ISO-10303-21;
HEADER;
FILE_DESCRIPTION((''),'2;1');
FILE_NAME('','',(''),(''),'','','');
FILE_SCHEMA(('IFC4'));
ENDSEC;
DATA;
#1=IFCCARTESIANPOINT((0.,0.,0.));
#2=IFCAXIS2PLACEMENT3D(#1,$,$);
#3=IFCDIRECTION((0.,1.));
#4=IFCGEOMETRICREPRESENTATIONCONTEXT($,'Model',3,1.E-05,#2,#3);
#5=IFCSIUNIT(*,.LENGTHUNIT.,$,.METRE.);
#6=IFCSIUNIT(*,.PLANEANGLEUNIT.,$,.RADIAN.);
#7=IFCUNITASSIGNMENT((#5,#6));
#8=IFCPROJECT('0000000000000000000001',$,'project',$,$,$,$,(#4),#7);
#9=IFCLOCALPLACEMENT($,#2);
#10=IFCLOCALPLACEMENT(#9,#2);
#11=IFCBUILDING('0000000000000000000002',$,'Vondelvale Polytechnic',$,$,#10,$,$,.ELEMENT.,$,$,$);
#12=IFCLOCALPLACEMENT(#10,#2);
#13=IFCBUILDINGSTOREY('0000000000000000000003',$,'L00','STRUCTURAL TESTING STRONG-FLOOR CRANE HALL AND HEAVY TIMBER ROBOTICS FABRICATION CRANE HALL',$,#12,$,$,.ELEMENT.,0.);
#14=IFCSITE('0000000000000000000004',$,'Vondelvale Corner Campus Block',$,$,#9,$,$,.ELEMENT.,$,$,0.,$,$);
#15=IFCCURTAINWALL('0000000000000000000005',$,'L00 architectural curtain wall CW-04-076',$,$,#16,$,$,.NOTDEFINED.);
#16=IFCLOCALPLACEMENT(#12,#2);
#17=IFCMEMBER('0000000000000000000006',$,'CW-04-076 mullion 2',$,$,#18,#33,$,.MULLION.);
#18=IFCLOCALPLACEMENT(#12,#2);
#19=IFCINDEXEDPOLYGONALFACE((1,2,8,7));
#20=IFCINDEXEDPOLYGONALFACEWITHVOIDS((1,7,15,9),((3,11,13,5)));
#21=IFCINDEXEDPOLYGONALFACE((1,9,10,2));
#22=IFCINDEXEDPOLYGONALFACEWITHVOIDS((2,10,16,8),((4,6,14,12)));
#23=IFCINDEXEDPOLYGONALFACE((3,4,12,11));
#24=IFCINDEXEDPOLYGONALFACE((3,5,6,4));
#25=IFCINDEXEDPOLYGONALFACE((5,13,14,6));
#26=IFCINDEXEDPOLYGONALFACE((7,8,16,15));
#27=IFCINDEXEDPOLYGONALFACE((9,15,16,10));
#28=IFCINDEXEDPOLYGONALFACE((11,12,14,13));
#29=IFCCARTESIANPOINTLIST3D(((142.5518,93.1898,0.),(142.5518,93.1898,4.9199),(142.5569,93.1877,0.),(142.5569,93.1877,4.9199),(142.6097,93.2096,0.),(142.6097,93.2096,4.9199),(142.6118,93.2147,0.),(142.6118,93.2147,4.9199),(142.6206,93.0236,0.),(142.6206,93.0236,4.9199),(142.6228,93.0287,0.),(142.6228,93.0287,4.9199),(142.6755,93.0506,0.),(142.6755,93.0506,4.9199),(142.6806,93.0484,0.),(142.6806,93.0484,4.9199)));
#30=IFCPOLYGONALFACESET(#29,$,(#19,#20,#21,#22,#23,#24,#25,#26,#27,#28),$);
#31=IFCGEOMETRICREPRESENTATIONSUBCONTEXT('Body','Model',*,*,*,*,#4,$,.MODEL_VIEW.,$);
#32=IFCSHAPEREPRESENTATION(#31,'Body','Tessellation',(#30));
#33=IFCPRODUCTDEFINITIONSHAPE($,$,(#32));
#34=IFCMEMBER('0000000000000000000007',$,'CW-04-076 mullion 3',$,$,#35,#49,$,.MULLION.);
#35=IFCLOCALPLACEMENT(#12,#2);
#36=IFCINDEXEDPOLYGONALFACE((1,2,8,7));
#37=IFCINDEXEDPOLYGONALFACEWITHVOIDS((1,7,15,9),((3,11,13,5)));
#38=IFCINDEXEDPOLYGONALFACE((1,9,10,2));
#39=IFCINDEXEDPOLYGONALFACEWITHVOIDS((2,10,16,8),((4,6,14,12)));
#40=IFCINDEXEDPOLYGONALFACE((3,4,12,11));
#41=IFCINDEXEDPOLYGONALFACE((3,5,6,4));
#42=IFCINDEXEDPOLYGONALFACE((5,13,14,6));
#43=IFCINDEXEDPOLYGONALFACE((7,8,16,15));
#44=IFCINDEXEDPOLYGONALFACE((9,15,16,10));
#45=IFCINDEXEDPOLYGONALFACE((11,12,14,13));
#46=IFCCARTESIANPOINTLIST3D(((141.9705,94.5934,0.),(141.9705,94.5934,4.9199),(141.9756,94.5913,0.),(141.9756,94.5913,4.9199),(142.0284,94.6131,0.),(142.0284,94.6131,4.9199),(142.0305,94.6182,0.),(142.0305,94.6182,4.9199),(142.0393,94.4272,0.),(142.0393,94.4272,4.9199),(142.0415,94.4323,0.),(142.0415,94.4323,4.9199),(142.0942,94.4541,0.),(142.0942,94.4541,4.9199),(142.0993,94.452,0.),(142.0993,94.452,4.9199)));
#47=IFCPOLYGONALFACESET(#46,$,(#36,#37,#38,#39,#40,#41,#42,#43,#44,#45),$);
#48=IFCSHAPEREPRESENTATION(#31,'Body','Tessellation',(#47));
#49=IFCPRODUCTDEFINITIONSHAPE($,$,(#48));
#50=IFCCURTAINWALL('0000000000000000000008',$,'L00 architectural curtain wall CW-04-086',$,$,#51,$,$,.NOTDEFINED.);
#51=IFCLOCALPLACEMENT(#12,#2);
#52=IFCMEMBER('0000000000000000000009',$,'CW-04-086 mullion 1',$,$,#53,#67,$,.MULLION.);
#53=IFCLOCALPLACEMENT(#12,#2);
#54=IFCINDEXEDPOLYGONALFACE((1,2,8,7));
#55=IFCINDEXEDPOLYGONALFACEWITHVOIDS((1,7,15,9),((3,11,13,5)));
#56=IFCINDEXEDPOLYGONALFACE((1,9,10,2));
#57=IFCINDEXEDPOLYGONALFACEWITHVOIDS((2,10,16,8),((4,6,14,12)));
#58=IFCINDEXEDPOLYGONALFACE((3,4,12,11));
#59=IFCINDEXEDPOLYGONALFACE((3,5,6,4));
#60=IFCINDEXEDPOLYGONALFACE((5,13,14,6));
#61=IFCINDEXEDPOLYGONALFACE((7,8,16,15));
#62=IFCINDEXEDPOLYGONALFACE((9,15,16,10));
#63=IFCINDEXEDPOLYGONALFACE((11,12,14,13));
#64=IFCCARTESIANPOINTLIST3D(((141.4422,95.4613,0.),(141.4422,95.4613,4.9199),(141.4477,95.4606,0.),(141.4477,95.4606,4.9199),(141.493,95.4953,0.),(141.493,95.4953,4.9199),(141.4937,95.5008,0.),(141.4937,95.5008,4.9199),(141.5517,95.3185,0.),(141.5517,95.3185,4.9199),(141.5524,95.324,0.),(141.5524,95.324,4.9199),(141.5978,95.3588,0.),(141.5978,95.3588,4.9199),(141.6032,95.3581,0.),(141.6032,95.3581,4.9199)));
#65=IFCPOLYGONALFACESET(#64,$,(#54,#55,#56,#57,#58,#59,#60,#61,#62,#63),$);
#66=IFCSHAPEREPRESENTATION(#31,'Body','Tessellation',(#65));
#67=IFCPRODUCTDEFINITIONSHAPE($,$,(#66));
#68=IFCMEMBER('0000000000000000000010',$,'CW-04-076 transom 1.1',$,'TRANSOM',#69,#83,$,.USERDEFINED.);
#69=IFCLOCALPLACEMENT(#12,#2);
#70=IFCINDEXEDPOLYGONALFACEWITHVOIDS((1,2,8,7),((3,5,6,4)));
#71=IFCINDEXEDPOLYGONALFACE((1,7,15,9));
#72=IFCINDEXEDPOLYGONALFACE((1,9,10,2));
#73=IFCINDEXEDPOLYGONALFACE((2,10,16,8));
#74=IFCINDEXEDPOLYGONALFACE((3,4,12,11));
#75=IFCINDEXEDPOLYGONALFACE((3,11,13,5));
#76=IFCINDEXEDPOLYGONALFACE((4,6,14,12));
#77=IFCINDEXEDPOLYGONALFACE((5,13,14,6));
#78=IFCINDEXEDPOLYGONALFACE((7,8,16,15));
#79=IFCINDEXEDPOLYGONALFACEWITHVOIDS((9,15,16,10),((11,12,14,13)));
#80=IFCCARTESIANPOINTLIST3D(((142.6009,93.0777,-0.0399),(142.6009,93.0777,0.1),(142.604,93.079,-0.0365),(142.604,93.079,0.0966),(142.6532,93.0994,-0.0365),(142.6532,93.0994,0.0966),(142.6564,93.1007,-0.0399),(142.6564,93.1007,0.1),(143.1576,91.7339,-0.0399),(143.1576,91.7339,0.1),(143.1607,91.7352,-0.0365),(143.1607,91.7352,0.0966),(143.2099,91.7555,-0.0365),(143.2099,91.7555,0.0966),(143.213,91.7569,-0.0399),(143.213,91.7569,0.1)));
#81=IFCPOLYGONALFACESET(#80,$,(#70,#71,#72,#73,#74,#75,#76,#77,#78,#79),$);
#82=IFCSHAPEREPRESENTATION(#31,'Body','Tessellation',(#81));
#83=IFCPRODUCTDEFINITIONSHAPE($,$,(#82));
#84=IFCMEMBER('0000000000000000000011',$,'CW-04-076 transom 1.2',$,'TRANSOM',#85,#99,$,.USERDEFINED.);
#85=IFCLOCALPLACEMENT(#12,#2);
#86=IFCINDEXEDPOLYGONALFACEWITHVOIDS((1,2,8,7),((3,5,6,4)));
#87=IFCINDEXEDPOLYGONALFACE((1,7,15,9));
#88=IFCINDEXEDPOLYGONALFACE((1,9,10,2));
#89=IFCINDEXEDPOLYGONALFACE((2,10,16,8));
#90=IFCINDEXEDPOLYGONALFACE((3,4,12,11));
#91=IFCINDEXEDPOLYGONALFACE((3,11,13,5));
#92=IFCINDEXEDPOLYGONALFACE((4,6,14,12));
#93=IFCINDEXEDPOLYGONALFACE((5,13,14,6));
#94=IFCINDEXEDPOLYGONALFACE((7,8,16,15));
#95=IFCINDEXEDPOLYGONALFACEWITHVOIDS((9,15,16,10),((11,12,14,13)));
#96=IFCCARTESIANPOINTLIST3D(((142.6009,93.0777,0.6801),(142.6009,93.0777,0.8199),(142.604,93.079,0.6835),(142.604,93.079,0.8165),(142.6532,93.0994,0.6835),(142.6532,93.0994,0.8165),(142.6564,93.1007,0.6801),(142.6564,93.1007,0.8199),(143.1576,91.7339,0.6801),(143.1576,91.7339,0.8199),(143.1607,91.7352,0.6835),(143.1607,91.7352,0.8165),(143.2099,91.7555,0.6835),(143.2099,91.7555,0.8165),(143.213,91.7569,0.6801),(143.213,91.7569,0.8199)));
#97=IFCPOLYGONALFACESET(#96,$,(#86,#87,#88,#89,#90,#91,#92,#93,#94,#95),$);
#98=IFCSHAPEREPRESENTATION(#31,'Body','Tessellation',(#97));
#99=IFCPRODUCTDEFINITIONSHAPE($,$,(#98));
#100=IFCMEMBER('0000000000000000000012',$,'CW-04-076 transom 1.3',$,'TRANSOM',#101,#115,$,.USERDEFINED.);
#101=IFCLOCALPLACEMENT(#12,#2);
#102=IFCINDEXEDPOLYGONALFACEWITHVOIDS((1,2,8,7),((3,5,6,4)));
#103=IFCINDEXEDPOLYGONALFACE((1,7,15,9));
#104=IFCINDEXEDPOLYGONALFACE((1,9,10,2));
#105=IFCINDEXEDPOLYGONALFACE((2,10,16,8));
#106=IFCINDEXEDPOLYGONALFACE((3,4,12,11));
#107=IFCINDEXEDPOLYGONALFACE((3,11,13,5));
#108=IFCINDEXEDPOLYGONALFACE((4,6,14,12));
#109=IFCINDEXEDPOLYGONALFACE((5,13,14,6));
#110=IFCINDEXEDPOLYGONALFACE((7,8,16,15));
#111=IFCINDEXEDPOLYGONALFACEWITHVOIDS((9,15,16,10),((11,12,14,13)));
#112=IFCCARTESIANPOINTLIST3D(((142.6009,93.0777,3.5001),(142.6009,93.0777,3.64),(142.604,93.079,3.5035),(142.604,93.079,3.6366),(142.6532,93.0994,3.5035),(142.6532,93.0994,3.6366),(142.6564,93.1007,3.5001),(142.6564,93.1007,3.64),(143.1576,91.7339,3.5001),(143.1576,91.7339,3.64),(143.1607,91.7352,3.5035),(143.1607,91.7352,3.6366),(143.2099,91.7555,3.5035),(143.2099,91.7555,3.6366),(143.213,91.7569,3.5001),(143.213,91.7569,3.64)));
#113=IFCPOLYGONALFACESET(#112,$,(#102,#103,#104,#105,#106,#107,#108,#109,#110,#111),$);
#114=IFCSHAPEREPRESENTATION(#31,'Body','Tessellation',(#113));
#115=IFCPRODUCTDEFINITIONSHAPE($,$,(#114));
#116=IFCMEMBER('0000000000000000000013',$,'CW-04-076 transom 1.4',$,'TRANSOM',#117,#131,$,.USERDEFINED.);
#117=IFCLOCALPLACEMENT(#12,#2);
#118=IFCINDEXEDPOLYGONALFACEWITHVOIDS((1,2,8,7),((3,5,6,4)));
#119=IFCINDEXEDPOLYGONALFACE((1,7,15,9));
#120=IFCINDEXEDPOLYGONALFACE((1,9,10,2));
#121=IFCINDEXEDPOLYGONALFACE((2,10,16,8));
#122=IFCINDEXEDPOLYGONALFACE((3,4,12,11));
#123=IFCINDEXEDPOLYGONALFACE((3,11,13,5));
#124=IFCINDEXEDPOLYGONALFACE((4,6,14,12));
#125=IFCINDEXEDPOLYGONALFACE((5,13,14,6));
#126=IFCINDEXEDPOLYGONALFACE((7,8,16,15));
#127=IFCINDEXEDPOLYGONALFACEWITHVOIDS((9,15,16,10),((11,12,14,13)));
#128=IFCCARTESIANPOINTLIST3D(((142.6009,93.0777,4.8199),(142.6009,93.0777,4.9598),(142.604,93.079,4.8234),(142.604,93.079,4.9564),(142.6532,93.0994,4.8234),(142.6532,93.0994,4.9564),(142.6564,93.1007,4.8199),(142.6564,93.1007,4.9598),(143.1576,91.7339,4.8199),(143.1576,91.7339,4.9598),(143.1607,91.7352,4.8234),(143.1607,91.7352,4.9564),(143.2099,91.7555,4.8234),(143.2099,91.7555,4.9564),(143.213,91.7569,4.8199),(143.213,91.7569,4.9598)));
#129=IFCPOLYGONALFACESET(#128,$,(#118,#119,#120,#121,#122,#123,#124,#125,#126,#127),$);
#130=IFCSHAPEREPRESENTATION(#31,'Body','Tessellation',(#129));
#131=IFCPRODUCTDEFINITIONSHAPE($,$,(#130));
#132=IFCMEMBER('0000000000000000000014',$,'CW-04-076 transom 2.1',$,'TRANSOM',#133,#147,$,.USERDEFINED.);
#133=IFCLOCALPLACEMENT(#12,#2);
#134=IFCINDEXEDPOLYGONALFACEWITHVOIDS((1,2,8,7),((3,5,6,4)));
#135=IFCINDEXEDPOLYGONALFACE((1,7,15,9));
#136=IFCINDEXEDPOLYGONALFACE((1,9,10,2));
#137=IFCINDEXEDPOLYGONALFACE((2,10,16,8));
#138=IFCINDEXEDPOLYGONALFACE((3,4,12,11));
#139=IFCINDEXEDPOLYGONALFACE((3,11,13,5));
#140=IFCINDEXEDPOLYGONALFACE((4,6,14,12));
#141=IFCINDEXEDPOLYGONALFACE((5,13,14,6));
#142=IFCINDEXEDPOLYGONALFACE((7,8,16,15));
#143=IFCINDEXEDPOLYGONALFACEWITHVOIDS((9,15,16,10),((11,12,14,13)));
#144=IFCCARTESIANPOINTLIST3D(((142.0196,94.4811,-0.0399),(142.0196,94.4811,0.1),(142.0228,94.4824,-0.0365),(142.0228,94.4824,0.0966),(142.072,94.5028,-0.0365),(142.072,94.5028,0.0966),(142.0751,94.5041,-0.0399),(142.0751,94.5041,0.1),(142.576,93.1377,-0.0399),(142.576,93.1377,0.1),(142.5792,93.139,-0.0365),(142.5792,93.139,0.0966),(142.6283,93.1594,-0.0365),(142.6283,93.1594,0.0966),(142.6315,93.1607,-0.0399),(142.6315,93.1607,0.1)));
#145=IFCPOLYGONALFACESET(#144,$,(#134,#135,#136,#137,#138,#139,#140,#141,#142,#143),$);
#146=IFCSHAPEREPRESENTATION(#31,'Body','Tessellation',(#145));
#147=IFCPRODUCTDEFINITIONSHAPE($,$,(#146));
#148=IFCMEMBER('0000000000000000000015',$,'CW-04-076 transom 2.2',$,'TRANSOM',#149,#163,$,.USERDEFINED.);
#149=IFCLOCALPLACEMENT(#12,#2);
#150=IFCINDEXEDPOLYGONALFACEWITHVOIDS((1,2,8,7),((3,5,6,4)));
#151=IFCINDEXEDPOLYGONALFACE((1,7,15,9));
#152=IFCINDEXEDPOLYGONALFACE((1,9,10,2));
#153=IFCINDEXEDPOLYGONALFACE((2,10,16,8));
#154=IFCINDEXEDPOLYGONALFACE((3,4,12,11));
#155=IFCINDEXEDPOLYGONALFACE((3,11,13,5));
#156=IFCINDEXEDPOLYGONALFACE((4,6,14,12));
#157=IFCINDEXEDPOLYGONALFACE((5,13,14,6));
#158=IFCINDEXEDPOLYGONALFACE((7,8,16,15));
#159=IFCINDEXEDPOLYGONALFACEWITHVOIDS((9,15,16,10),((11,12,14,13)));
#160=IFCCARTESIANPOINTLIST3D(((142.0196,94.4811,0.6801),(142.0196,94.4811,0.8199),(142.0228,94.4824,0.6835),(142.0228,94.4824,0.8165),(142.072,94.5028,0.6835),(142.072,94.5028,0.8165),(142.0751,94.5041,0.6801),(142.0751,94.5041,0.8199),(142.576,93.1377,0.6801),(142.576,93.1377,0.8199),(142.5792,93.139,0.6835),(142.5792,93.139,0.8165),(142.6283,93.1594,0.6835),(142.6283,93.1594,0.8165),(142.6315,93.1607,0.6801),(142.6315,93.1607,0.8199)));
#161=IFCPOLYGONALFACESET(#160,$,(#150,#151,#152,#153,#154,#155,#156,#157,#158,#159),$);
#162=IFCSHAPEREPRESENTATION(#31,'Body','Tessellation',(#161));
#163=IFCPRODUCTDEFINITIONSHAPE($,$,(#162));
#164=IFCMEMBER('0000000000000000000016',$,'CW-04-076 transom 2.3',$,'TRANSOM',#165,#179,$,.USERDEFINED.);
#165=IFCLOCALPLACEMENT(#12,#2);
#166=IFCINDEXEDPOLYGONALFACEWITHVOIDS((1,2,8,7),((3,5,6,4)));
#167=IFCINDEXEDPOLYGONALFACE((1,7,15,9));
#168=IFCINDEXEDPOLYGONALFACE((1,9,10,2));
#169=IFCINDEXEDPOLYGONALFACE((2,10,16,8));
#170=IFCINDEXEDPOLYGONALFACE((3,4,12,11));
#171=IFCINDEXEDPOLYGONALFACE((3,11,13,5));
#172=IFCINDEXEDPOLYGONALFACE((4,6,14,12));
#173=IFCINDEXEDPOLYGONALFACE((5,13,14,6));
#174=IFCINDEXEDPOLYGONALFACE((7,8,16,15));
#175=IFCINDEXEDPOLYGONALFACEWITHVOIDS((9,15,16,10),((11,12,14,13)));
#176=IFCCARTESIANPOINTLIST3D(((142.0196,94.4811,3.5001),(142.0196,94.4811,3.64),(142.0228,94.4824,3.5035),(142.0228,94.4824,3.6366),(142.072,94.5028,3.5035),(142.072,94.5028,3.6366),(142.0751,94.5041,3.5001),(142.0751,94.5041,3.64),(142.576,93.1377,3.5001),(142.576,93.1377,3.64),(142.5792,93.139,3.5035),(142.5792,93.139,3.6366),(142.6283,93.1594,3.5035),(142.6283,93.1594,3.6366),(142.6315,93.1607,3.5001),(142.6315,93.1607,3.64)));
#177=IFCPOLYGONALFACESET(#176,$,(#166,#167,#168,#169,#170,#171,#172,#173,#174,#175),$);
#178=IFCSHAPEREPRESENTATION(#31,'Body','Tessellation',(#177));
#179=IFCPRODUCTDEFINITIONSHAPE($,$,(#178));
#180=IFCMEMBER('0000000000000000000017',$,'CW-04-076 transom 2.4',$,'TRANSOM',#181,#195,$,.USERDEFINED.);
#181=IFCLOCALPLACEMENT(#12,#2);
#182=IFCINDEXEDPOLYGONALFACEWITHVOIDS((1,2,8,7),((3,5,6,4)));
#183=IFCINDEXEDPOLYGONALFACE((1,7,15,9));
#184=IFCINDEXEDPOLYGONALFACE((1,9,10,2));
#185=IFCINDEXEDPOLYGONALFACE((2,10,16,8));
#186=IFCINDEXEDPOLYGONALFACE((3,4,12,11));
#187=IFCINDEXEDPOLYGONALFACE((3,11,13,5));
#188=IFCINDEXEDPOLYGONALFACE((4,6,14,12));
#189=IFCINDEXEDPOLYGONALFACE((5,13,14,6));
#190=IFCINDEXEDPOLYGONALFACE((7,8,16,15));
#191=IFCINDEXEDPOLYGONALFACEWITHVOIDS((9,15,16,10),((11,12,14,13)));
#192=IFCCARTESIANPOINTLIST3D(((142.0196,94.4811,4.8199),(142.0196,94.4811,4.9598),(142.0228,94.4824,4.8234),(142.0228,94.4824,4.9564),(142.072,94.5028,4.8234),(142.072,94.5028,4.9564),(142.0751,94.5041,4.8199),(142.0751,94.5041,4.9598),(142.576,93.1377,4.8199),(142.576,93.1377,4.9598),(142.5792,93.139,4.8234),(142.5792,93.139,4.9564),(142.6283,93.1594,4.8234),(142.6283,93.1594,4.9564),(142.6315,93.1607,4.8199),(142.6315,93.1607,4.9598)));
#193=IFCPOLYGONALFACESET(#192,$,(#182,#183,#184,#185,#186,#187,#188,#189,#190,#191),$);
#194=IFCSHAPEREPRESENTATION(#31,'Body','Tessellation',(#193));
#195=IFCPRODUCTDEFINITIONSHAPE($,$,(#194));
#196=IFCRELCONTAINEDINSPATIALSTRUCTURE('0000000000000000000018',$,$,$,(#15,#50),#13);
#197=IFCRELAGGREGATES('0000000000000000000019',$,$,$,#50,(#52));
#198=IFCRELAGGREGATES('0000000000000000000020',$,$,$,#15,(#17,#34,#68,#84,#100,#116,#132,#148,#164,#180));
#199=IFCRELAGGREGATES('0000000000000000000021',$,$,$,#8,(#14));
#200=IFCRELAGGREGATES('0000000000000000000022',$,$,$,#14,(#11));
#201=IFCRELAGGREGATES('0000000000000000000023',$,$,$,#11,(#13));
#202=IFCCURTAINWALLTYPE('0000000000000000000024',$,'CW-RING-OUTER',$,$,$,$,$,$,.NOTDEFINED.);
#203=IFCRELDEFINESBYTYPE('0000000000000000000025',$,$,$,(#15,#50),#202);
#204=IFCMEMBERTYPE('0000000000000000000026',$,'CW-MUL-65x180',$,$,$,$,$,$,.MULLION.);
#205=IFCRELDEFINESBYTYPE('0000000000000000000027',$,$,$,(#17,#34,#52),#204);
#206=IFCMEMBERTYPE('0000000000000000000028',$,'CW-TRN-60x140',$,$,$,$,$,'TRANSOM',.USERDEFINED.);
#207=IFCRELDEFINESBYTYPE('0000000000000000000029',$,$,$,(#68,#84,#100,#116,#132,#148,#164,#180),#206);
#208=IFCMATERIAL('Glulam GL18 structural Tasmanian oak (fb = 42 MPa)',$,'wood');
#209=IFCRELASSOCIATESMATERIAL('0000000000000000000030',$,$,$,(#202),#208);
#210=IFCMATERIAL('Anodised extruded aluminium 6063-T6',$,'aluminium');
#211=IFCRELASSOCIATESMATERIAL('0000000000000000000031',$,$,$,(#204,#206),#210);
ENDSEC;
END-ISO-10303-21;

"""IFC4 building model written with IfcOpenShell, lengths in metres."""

from ifc_helpers import new_model, si_unit, direction, frame, origin, origin_2d, place, context, subcontext, project, spatial, hollow_rectangle, extrude, material, material_profile, profile_set, type_object, element, aggregate, save


model = new_model("IFC4")

# Units and contexts
model_context = context("Model", 3, precision=1e-05, world=origin(), true_north=direction((0.0, 1.0)))
body_context = subcontext(model_context, "Body", "Model", "MODEL_VIEW")
ifc_project = project(units=[si_unit("LENGTHUNIT", "METRE"), si_unit("PLANEANGLEUNIT", "RADIAN")], contexts=[model_context])

# Site, building, storey
site_placement = place(None, origin())
site = spatial("IfcSite", under=ifc_project, at=site_placement, Name="Vondelvale Corner Campus Block", CompositionType="ELEMENT", RefElevation=0.0)
building_placement = place(site_placement, origin())
building = spatial("IfcBuilding", under=site, at=building_placement, Name="Vondelvale Polytechnic", CompositionType="ELEMENT")
storey_placement = place(building_placement, origin())
storey = spatial("IfcBuildingStorey", under=building, at=storey_placement, Name="L00", Description="STRUCTURAL TESTING STRONG-FLOOR CRANE HALL AND HEAVY TIMBER ROBOTICS FABRICATION CRANE HALL", CompositionType="ELEMENT", Elevation=0.0)

# Shared definitions
ifc_material_1 = material(Name="Glulam GL18 structural Tasmanian oak (fb = 42 MPa)", Category="wood")

# Shared definitions
curtain_wall_type = type_object("IfcCurtainWallType", Name="CW-RING-OUTER", PredefinedType="NOTDEFINED", material=ifc_material_1)
ifc_material_2 = material(Name="Anodised extruded aluminium 6063-T6", Category="aluminium")
ifc_material_profile_1 = material_profile(ifc_material_2, hollow_rectangle(XDim=0.0649, YDim=0.1799, WallThickness=0.0039, at=origin_2d()), Name="CW-MUL-180x65")
ifc_profile_set_1 = profile_set([ifc_material_profile_1], Name="Anodised extruded aluminium 6063-T6")
member_type_1 = type_object("IfcMemberType", Name="CW-MUL-65x180", PredefinedType="MULLION", material=ifc_profile_set_1)

# Curtain wall, members
curtain_wall_1_placement = place(storey_placement, origin())
curtain_wall_1 = element("IfcCurtainWall", 1, at=curtain_wall_1_placement, inside=storey, type_object=curtain_wall_type, Name="L00 architectural curtain wall CW-04-076", PredefinedType="NOTDEFINED")
member_1_placement = place(storey_placement, frame((142.6162, 93.1191, 0.0), z_axis=(0.0, 0.0, 1.0), x_axis=(-0.923881, -0.382679, 0.0)))
member_1 = element("IfcMember", 2, at=member_1_placement, type_object=member_type_1, Name="CW-04-076 mullion 2", PredefinedType="MULLION", context=body_context, shape_type="SweptSolid", body=[
    extrude(hollow_rectangle(XDim=0.0649, YDim=0.1799, WallThickness=0.0039, at=origin_2d()), origin(), (0.0, 0.0, 1.0), 4.9199),
])
member_2_placement = place(storey_placement, frame((142.0349, 94.5227, 0.0), z_axis=(0.0, 0.0, 1.0), x_axis=(-0.923881, -0.382679, 0.0)))
member_2 = element("IfcMember", 3, at=member_2_placement, type_object=member_type_1, Name="CW-04-076 mullion 3", PredefinedType="MULLION", context=body_context, shape_type="SweptSolid", body=[
    extrude(hollow_rectangle(XDim=0.0649, YDim=0.1799, WallThickness=0.0039, at=origin_2d()), origin(), (0.0, 0.0, 1.0), 4.9199),
])

# Curtain wall, member
curtain_wall_2_placement = place(storey_placement, origin())
curtain_wall_2 = element("IfcCurtainWall", 4, at=curtain_wall_2_placement, inside=storey, type_object=curtain_wall_type, Name="L00 architectural curtain wall CW-04-086", PredefinedType="NOTDEFINED")
member_3_placement = place(storey_placement, frame((141.5227, 95.4097, 0.0), z_axis=(0.0, 0.0, 1.0), x_axis=(-0.793352, -0.608764, 0.0)))
member_3 = element("IfcMember", 5, at=member_3_placement, type_object=member_type_1, Name="CW-04-086 mullion 1", PredefinedType="MULLION", context=body_context, shape_type="SweptSolid", body=[
    extrude(hollow_rectangle(XDim=0.0649, YDim=0.1799, WallThickness=0.0039, at=origin_2d()), origin(), (0.0, 0.0, 1.0), 4.9199),
])
aggregate(curtain_wall_2, [member_3])

# Members
ifc_material_profile_2 = material_profile(ifc_material_2, hollow_rectangle(XDim=0.0601, YDim=0.1399, WallThickness=0.0034, at=origin_2d()), Name="CW-TRN-140x60")
ifc_profile_set_2 = profile_set([ifc_material_profile_2], Name="Anodised extruded aluminium 6063-T6")
member_type_2 = type_object("IfcMemberType", Name="CW-TRN-60x140", ElementType="TRANSOM", PredefinedType="USERDEFINED", material=ifc_profile_set_2)
member_4_placement = place(storey_placement, frame((143.1853, 91.7454, 0.03), z_axis=(-0.382708, 0.92387, 0.0), x_axis=(-0.92387, -0.382708, 0.0)))
member_4 = element("IfcMember", 6, at=member_4_placement, type_object=member_type_2, Name="CW-04-076 transom 1.1", ObjectType="TRANSOM", PredefinedType="USERDEFINED", context=body_context, shape_type="SweptSolid", body=[
    extrude(hollow_rectangle(XDim=0.0601, YDim=0.1399, WallThickness=0.0034, at=origin_2d()), origin(), (0.0, 0.0, 1.0), 1.4546),
])
member_5_placement = place(storey_placement, frame((143.1853, 91.7454, 0.75), z_axis=(-0.382708, 0.92387, 0.0), x_axis=(-0.92387, -0.382708, 0.0)))
member_5 = element("IfcMember", 7, at=member_5_placement, type_object=member_type_2, Name="CW-04-076 transom 1.2", ObjectType="TRANSOM", PredefinedType="USERDEFINED", context=body_context, shape_type="SweptSolid", body=[
    extrude(hollow_rectangle(XDim=0.0601, YDim=0.1399, WallThickness=0.0034, at=origin_2d()), origin(), (0.0, 0.0, 1.0), 1.4546),
])
member_6_placement = place(storey_placement, frame((143.1853, 91.7454, 3.5701), z_axis=(-0.382708, 0.92387, 0.0), x_axis=(-0.92387, -0.382708, 0.0)))
member_6 = element("IfcMember", 8, at=member_6_placement, type_object=member_type_2, Name="CW-04-076 transom 1.3", ObjectType="TRANSOM", PredefinedType="USERDEFINED", context=body_context, shape_type="SweptSolid", body=[
    extrude(hollow_rectangle(XDim=0.0601, YDim=0.1399, WallThickness=0.0034, at=origin_2d()), origin(), (0.0, 0.0, 1.0), 1.4546),
])
member_7_placement = place(storey_placement, frame((143.1853, 91.7454, 4.8899), z_axis=(-0.382708, 0.92387, 0.0), x_axis=(-0.92387, -0.382708, 0.0)))
member_7 = element("IfcMember", 9, at=member_7_placement, type_object=member_type_2, Name="CW-04-076 transom 1.4", ObjectType="TRANSOM", PredefinedType="USERDEFINED", context=body_context, shape_type="SweptSolid", body=[
    extrude(hollow_rectangle(XDim=0.0601, YDim=0.1399, WallThickness=0.0034, at=origin_2d()), origin(), (0.0, 0.0, 1.0), 1.4546),
])
member_8_placement = place(storey_placement, frame((142.6038, 93.1492, 0.03), z_axis=(-0.382624, 0.923904, 0.0), x_axis=(-0.923904, -0.382624, 0.0)))
member_8 = element("IfcMember", 10, at=member_8_placement, type_object=member_type_2, Name="CW-04-076 transom 2.1", ObjectType="TRANSOM", PredefinedType="USERDEFINED", context=body_context, shape_type="SweptSolid", body=[
    extrude(hollow_rectangle(XDim=0.0601, YDim=0.1399, WallThickness=0.0034, at=origin_2d()), origin(), (0.0, 0.0, 1.0), 1.4541),
])
member_9_placement = place(storey_placement, frame((142.6038, 93.1492, 0.75), z_axis=(-0.382624, 0.923904, 0.0), x_axis=(-0.923904, -0.382624, 0.0)))
member_9 = element("IfcMember", 11, at=member_9_placement, type_object=member_type_2, Name="CW-04-076 transom 2.2", ObjectType="TRANSOM", PredefinedType="USERDEFINED", context=body_context, shape_type="SweptSolid", body=[
    extrude(hollow_rectangle(XDim=0.0601, YDim=0.1399, WallThickness=0.0034, at=origin_2d()), origin(), (0.0, 0.0, 1.0), 1.4541),
])
member_10_placement = place(storey_placement, frame((142.6038, 93.1492, 3.5701), z_axis=(-0.382624, 0.923904, 0.0), x_axis=(-0.923904, -0.382624, 0.0)))
member_10 = element("IfcMember", 12, at=member_10_placement, type_object=member_type_2, Name="CW-04-076 transom 2.3", ObjectType="TRANSOM", PredefinedType="USERDEFINED", context=body_context, shape_type="SweptSolid", body=[
    extrude(hollow_rectangle(XDim=0.0601, YDim=0.1399, WallThickness=0.0034, at=origin_2d()), origin(), (0.0, 0.0, 1.0), 1.4541),
])
member_11_placement = place(storey_placement, frame((142.6038, 93.1492, 4.8899), z_axis=(-0.382624, 0.923904, 0.0), x_axis=(-0.923904, -0.382624, 0.0)))
member_11 = element("IfcMember", 13, at=member_11_placement, type_object=member_type_2, Name="CW-04-076 transom 2.4", ObjectType="TRANSOM", PredefinedType="USERDEFINED", context=body_context, shape_type="SweptSolid", body=[
    extrude(hollow_rectangle(XDim=0.0601, YDim=0.1399, WallThickness=0.0034, at=origin_2d()), origin(), (0.0, 0.0, 1.0), 1.4541),
])

aggregate(curtain_wall_1, [member_1, member_2, member_4, member_5, member_6, member_7, member_8, member_9, member_10, member_11])

save(model, "model.ifc")
